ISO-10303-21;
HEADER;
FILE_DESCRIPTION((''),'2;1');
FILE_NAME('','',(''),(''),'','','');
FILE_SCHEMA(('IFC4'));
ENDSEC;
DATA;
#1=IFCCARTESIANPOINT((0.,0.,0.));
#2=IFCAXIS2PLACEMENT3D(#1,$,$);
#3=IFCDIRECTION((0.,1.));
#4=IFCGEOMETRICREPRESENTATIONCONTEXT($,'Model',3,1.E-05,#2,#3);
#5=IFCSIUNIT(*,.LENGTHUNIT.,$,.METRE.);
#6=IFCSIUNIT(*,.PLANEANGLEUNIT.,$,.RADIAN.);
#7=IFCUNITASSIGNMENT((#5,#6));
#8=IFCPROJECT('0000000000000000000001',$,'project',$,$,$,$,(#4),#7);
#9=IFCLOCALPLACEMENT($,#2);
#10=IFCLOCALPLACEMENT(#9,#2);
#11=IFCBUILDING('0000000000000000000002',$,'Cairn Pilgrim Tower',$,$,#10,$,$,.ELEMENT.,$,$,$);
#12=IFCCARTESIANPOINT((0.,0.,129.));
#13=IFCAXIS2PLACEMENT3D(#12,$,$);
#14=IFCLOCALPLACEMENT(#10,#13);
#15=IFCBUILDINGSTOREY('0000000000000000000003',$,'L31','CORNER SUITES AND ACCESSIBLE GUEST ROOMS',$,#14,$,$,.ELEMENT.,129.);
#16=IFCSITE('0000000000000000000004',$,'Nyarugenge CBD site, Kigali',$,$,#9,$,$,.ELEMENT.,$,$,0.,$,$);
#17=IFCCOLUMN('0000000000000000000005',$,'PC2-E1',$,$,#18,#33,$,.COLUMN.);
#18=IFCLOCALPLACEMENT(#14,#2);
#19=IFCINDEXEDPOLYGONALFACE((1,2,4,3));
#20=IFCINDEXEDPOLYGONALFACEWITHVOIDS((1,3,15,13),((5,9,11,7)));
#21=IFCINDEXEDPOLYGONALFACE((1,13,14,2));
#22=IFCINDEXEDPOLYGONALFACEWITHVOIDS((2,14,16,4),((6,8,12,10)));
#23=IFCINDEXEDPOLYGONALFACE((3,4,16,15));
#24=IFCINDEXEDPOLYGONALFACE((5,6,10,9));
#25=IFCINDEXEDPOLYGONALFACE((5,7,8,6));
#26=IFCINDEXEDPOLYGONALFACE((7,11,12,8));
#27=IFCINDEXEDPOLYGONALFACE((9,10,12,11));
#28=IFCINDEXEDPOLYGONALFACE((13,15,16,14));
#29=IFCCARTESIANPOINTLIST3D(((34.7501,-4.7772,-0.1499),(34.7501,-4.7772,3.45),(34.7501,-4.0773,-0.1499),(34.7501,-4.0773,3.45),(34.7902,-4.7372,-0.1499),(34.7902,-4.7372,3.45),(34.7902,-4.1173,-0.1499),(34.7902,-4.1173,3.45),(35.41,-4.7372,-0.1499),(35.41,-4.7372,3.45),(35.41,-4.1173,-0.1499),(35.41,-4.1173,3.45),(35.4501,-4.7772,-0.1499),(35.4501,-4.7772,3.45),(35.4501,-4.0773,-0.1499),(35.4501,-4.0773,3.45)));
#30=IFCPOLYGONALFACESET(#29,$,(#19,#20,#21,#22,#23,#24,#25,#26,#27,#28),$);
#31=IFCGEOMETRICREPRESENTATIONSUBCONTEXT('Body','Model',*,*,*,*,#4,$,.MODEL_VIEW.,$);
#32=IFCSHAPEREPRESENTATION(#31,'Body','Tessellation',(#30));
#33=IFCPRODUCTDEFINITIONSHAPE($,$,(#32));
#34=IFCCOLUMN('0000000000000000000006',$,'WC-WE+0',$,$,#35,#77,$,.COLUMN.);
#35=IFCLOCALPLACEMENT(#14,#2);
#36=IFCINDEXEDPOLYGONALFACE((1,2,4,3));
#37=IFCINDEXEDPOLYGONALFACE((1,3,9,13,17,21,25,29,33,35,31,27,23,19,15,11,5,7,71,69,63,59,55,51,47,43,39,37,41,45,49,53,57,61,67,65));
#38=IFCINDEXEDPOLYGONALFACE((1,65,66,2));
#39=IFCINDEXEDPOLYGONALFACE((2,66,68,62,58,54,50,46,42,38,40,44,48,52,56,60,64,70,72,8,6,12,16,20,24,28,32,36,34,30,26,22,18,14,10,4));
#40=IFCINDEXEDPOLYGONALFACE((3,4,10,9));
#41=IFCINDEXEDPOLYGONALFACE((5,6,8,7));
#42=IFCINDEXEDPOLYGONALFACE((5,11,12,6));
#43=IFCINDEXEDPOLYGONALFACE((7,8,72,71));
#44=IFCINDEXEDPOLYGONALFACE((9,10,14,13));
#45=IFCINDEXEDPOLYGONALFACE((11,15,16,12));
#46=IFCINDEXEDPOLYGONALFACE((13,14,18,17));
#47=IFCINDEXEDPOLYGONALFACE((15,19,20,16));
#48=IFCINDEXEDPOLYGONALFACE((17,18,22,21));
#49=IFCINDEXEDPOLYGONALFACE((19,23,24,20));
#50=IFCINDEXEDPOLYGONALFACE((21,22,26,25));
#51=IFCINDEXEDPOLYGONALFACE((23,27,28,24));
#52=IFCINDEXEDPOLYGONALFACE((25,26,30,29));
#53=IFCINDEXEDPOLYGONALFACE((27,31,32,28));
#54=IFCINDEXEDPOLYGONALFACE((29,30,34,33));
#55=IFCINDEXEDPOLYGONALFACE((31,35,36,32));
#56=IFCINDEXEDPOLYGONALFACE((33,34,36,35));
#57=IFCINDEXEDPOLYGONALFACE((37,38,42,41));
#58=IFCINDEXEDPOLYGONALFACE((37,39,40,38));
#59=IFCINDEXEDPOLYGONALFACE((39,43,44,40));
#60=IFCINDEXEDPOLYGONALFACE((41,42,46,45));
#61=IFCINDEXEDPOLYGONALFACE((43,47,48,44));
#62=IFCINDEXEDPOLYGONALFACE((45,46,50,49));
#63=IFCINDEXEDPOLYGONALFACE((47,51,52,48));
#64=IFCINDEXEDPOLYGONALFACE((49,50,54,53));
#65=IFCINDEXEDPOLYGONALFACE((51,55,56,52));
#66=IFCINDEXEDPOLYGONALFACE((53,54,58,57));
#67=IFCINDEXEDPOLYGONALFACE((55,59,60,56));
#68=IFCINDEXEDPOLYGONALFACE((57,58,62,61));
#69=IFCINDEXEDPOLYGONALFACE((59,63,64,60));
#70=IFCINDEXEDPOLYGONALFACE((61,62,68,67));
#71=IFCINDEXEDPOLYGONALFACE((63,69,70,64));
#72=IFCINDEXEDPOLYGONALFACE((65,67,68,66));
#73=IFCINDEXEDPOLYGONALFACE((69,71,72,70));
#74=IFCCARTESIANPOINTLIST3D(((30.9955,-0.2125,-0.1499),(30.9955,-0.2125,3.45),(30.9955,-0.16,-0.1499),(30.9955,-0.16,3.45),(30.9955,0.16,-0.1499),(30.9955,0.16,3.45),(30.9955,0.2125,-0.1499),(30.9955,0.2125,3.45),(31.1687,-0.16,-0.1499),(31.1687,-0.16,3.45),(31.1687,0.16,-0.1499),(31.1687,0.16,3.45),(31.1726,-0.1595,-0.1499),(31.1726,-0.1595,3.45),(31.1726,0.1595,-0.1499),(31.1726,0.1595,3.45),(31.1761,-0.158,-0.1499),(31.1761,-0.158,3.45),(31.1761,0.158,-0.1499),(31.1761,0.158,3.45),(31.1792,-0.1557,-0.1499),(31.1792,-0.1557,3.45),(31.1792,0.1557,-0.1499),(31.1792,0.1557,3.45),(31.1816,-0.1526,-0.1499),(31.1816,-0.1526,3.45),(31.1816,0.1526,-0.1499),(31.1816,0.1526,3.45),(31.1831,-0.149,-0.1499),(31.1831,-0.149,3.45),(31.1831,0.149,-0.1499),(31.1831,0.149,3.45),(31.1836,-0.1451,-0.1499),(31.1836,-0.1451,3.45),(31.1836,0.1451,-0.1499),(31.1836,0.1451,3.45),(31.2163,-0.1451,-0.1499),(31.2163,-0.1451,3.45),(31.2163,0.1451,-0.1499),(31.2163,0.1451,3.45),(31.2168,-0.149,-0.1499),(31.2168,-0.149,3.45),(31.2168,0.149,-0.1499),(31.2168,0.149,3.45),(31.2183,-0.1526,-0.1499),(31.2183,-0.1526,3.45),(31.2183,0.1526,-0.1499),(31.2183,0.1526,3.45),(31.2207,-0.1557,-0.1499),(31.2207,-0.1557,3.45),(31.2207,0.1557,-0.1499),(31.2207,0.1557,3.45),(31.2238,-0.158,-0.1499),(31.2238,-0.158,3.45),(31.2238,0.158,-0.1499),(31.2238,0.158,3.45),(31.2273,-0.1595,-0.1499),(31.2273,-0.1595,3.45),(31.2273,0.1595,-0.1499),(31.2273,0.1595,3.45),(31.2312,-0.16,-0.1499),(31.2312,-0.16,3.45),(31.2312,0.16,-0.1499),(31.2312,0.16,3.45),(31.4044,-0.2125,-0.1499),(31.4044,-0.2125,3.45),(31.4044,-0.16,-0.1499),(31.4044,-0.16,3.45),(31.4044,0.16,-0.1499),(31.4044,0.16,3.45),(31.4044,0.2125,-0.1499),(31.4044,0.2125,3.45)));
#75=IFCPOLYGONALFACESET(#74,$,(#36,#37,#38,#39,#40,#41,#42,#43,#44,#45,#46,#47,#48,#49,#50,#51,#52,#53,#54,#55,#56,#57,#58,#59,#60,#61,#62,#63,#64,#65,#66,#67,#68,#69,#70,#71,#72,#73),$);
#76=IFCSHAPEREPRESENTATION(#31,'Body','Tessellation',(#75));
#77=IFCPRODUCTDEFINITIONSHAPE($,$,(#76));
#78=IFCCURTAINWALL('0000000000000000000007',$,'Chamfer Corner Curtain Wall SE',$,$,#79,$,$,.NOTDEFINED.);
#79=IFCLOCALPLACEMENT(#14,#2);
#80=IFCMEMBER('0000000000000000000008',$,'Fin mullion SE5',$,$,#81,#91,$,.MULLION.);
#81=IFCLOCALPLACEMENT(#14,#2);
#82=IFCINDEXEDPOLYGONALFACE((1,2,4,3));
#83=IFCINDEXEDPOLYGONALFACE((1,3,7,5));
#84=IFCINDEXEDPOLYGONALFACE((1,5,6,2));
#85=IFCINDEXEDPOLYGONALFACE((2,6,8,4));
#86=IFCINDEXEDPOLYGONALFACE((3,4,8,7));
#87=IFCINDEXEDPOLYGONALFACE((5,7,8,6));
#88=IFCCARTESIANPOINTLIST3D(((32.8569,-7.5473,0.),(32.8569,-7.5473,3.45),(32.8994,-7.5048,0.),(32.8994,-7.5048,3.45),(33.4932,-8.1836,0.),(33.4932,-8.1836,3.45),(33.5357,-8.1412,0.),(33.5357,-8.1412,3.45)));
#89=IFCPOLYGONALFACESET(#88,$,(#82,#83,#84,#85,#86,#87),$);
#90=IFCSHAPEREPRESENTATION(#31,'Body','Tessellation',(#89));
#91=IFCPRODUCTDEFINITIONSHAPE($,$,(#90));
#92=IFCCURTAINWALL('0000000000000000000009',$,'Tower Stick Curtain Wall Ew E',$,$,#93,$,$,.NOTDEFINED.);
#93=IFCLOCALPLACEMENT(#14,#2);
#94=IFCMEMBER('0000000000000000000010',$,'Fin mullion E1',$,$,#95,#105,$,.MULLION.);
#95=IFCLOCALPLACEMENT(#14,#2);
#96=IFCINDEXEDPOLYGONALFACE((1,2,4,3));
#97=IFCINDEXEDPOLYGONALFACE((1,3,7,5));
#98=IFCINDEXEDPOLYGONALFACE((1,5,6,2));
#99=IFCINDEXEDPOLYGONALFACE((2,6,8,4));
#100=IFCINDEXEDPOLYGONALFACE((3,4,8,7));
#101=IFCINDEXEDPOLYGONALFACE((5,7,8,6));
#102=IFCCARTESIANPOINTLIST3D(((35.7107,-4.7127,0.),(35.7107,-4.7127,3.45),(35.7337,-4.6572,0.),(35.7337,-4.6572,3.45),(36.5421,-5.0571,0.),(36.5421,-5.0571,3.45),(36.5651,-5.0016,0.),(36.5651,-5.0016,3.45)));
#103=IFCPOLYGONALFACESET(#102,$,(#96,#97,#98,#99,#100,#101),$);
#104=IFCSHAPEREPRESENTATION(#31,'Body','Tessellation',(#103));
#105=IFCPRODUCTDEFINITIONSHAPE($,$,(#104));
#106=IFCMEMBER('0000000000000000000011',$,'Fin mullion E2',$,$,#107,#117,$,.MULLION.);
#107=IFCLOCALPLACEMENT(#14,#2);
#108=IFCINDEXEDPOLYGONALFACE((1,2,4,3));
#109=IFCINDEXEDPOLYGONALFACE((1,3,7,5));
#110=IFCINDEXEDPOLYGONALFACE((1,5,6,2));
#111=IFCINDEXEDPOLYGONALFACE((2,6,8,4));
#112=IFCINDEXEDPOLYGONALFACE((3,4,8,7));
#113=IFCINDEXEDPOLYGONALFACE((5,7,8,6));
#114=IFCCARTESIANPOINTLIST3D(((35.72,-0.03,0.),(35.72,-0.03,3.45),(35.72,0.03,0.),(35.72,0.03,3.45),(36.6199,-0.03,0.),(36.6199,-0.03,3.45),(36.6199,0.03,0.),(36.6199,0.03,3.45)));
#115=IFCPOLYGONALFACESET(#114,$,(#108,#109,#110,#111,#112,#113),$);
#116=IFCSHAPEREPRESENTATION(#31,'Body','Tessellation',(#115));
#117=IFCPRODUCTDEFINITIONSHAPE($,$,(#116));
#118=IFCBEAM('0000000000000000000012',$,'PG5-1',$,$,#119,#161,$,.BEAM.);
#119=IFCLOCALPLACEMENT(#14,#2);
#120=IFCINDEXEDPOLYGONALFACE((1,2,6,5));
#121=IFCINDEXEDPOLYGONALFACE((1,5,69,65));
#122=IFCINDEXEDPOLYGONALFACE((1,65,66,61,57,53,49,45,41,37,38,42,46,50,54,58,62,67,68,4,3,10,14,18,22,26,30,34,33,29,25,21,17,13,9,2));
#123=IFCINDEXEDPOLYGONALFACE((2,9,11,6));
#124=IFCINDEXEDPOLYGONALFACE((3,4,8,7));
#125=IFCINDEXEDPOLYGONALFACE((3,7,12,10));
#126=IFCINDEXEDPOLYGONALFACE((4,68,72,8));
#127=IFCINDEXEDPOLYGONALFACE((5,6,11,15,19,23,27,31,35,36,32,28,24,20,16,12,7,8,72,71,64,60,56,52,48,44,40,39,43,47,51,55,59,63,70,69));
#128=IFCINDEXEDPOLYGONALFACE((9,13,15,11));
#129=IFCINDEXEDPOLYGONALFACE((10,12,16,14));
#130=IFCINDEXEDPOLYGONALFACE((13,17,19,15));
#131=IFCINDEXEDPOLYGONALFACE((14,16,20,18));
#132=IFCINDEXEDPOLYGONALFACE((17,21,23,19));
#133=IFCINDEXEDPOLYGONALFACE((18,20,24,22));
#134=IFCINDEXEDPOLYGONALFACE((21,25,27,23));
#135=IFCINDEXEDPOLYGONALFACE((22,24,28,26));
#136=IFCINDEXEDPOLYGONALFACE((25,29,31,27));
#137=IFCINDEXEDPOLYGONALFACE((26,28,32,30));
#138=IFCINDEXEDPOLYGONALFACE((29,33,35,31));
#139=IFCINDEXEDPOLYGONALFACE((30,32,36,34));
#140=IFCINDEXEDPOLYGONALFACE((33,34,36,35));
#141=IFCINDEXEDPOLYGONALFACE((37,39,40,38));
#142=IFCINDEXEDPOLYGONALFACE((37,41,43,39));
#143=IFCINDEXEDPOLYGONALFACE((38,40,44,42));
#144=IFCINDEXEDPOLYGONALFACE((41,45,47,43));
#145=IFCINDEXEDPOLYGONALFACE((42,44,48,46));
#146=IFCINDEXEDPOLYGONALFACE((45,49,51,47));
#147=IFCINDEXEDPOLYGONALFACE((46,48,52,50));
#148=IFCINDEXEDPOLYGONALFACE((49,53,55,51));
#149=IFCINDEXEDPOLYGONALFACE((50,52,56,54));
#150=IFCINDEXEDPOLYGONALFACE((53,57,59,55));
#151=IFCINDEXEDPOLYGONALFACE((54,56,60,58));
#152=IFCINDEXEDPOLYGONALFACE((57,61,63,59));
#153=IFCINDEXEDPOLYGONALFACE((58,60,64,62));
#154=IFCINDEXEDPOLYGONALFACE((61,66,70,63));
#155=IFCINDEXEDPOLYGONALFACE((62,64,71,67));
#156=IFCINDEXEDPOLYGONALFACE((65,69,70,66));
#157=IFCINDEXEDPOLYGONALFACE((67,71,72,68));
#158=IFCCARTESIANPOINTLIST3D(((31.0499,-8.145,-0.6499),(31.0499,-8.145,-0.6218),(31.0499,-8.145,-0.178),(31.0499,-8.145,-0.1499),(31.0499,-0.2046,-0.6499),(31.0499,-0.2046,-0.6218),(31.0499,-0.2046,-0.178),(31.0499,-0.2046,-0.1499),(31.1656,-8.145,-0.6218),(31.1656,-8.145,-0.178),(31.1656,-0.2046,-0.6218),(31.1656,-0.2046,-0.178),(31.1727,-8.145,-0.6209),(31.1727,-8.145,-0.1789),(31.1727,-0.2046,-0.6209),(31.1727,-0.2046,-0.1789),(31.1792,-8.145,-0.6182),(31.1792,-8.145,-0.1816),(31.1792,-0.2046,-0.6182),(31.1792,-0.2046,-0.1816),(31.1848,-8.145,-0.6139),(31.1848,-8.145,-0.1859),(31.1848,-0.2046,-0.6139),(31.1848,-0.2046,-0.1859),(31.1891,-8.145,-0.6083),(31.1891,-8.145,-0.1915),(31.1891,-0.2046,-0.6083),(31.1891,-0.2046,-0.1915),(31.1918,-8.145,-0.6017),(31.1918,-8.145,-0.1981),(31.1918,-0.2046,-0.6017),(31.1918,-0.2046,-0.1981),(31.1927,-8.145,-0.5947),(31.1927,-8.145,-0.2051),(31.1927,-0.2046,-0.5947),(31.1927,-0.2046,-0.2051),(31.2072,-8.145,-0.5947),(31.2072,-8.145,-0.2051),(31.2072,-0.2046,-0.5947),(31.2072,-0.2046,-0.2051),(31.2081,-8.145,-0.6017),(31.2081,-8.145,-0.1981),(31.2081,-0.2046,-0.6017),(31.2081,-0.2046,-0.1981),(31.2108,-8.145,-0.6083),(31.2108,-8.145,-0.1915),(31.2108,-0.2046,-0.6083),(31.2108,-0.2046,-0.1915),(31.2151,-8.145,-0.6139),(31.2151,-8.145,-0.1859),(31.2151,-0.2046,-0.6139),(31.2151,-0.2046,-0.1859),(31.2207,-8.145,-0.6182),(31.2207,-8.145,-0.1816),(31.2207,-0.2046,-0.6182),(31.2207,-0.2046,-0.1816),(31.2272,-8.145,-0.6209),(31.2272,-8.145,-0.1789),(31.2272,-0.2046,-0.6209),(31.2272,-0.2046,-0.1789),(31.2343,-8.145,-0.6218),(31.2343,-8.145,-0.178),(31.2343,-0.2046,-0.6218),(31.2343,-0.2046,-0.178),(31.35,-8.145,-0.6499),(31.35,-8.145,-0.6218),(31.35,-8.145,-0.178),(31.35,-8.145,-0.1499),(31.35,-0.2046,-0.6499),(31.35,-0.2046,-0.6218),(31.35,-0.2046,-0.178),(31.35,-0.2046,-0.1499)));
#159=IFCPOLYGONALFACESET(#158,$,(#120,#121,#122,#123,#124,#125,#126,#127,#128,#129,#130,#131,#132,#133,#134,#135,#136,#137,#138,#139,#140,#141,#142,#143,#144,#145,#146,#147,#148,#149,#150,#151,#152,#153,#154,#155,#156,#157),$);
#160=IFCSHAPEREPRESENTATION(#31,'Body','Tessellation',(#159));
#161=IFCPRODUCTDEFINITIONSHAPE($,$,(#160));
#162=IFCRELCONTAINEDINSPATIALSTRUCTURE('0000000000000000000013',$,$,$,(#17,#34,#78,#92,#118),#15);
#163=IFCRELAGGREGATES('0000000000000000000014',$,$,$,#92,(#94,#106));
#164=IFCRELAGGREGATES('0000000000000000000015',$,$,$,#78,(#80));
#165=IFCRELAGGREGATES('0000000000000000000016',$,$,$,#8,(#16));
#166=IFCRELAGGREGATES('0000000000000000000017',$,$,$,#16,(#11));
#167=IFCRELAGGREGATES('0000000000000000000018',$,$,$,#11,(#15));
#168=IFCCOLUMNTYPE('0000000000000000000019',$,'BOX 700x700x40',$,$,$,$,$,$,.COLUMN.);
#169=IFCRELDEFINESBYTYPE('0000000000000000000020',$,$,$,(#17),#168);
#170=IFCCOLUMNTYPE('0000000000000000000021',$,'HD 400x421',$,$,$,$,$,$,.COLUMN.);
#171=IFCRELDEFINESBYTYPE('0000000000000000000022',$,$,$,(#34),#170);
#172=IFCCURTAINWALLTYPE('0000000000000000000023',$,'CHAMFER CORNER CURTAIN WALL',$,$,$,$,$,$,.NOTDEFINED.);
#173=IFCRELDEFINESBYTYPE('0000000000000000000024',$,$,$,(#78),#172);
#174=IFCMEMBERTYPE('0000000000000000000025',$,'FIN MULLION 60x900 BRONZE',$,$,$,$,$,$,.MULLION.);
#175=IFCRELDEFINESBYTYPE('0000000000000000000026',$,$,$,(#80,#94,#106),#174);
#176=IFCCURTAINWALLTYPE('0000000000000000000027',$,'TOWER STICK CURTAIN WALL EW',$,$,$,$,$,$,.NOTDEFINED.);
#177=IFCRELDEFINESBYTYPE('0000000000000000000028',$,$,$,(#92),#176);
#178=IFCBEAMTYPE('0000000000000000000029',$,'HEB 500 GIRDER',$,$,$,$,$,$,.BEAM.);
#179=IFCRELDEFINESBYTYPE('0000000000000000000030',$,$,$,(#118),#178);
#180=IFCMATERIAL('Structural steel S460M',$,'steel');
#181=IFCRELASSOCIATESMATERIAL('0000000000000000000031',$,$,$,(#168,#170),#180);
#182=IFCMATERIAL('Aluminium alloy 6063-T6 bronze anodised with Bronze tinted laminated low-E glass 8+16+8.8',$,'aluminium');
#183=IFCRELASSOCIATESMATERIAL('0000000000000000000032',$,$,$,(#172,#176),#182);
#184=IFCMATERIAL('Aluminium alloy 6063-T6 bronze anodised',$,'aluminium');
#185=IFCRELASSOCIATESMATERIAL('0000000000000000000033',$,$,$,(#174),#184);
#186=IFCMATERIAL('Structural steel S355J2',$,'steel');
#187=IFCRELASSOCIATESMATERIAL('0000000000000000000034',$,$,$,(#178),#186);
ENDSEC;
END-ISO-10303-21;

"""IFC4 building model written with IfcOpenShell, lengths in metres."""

from ifc_helpers import new_model, si_unit, direction, frame, origin, origin_2d, place, context, subcontext, project, spatial, rectangle, hollow_rectangle, i_section, extrude, material, material_profile, profile_set, type_object, element, aggregate, save


model = new_model("IFC4")

# Units and contexts
model_context = context("Model", 3, precision=1e-05, world=origin(), true_north=direction((0.0, 1.0)))
body_context = subcontext(model_context, "Body", "Model", "MODEL_VIEW")
ifc_project = project(units=[si_unit("LENGTHUNIT", "METRE"), si_unit("PLANEANGLEUNIT", "RADIAN")], contexts=[model_context])

# Site, building, storey
site_placement = place(None, origin())
site = spatial("IfcSite", under=ifc_project, at=site_placement, Name="Nyarugenge CBD site, Kigali", CompositionType="ELEMENT", RefElevation=0.0)
building_placement = place(site_placement, origin())
building = spatial("IfcBuilding", under=site, at=building_placement, Name="Cairn Pilgrim Tower", CompositionType="ELEMENT")
storey_placement = place(building_placement, frame((0.0, 0.0, 129.0)))
storey = spatial("IfcBuildingStorey", under=building, at=storey_placement, Name="L31", Description="CORNER SUITES AND ACCESSIBLE GUEST ROOMS", CompositionType="ELEMENT", Elevation=129.0)

# Columns
ifc_material_1 = material(Name="Structural steel S460M", Category="steel")
ifc_material_profile_1 = material_profile(ifc_material_1, hollow_rectangle(XDim=0.7, YDim=0.7, WallThickness=0.04, at=origin_2d()), Name="BOX 700x700x40")
ifc_profile_set_1 = profile_set([ifc_material_profile_1], Name="Structural steel S460M")
column_type_1 = type_object("IfcColumnType", Name="BOX 700x700x40", PredefinedType="COLUMN", material=ifc_profile_set_1)
column_1_placement = place(storey_placement, frame((35.1001, -4.4272, -0.1499), z_axis=(0.0, 0.0, 1.0), x_axis=(1.0, 0.0, 0.0)))
element("IfcColumn", 1, at=column_1_placement, inside=storey, type_object=column_type_1, Name="PC2-E1", PredefinedType="COLUMN", context=body_context, shape_type="SweptSolid", body=[
    extrude(hollow_rectangle(XDim=0.7, YDim=0.7, WallThickness=0.04, at=origin_2d()), origin(), (0.0, 0.0, 1.0), 3.5999),
])
ifc_material_profile_2 = material_profile(ifc_material_1, i_section(OverallWidth=0.4089, OverallDepth=0.425, WebThickness=0.0327, FlangeThickness=0.0525, FilletRadius=0.0149, at=origin_2d()), Name="HD 400x421")
ifc_profile_set_2 = profile_set([ifc_material_profile_2], Name="Structural steel S460M")
column_type_2 = type_object("IfcColumnType", Name="HD 400x421", PredefinedType="COLUMN", material=ifc_profile_set_2)
column_2_placement = place(storey_placement, frame((31.2, 0.0, -0.1499), z_axis=(0.0, 0.0, 1.0), x_axis=(1.0, 0.0, 0.0)))
element("IfcColumn", 2, at=column_2_placement, inside=storey, type_object=column_type_2, Name="WC-WE+0", PredefinedType="COLUMN", context=body_context, shape_type="SweptSolid", body=[
    extrude(i_section(OverallWidth=0.4089, OverallDepth=0.425, WebThickness=0.0327, FlangeThickness=0.0525, FilletRadius=0.0149, at=origin_2d()), origin(), (0.0, 0.0, 1.0), 3.5999),
])

# Curtain wall, member
ifc_material_2 = material(Name="Aluminium alloy 6063-T6 bronze anodised with Bronze tinted laminated low-E glass 8+16+8.8", Category="aluminium")
curtain_wall_type_1 = type_object("IfcCurtainWallType", Name="CHAMFER CORNER CURTAIN WALL", PredefinedType="NOTDEFINED", material=ifc_material_2)
curtain_wall_1_placement = place(storey_placement, origin())
curtain_wall_1 = element("IfcCurtainWall", 3, at=curtain_wall_1_placement, inside=storey, type_object=curtain_wall_type_1, Name="Chamfer Corner Curtain Wall SE", PredefinedType="NOTDEFINED")
ifc_material_3 = material(Name="Aluminium alloy 6063-T6 bronze anodised", Category="aluminium")
ifc_material_profile_3 = material_profile(ifc_material_3, rectangle(XDim=0.8999, YDim=0.0601, at=origin_2d()), Name="FIN MULLION 60x900 BRONZE")
ifc_profile_set_3 = profile_set([ifc_material_profile_3], Name="Aluminium alloy 6063-T6 bronze anodised")
member_type_1 = type_object("IfcMemberType", Name="FIN MULLION 60x900 BRONZE", PredefinedType="MULLION", material=ifc_profile_set_3)
member_1_placement = place(storey_placement, frame((33.1963, -7.8442, 0.0), z_axis=(0.0, 0.0, 1.0), x_axis=(0.707107, -0.707107, 0.0)))
member_1 = element("IfcMember", 4, at=member_1_placement, type_object=member_type_1, Name="Fin mullion SE5", PredefinedType="MULLION", context=body_context, shape_type="SweptSolid", body=[
    extrude(rectangle(XDim=0.8999, YDim=0.0601, at=origin_2d()), origin(), (0.0, 0.0, 1.0), 3.45),
])

# Curtain wall, members
curtain_wall_type_2 = type_object("IfcCurtainWallType", Name="TOWER STICK CURTAIN WALL EW", PredefinedType="NOTDEFINED", material=ifc_material_2)
curtain_wall_2_placement = place(storey_placement, origin())
curtain_wall_2 = element("IfcCurtainWall", 5, at=curtain_wall_2_placement, inside=storey, type_object=curtain_wall_type_2, Name="Tower Stick Curtain Wall Ew E", PredefinedType="NOTDEFINED")
member_2_placement = place(storey_placement, frame((36.1379, -4.8572, 0.0), z_axis=(0.0, 0.0, 1.0), x_axis=(0.92388, -0.382683, 0.0)))
member_2 = element("IfcMember", 6, at=member_2_placement, type_object=member_type_1, Name="Fin mullion E1", PredefinedType="MULLION", context=body_context, shape_type="SweptSolid", body=[
    extrude(rectangle(XDim=0.8999, YDim=0.0601, at=origin_2d()), origin(), (0.0, 0.0, 1.0), 3.45),
])
member_3_placement = place(storey_placement, frame((36.1699, 0.0, 0.0), z_axis=(0.0, 0.0, 1.0), x_axis=(1.0, 0.0, 0.0)))
member_3 = element("IfcMember", 7, at=member_3_placement, type_object=member_type_1, Name="Fin mullion E2", PredefinedType="MULLION", context=body_context, shape_type="SweptSolid", body=[
    extrude(rectangle(XDim=0.8999, YDim=0.0601, at=origin_2d()), origin(), (0.0, 0.0, 1.0), 3.45),
])
aggregate(curtain_wall_2, [member_2, member_3])

# Beam
ifc_material_4 = material(Name="Structural steel S355J2", Category="steel")
ifc_material_profile_4 = material_profile(ifc_material_4, i_section(OverallWidth=0.3, OverallDepth=0.5, WebThickness=0.0144, FlangeThickness=0.0281, FilletRadius=0.0271, at=origin_2d()), Name="HEB 500")
ifc_profile_set_4 = profile_set([ifc_material_profile_4], Name="Structural steel S355J2")
beam_type_1 = type_object("IfcBeamType", Name="HEB 500 GIRDER", PredefinedType="BEAM", material=ifc_profile_set_4)
beam_1_placement = place(storey_placement, frame((31.2, -8.145, -0.3999), z_axis=(0.0, 1.0, 0.0), x_axis=(-1.0, 0.0, 0.0)))
element("IfcBeam", 8, at=beam_1_placement, inside=storey, type_object=beam_type_1, Name="PG5-1", PredefinedType="BEAM", context=body_context, shape_type="SweptSolid", body=[
    extrude(i_section(OverallWidth=0.3, OverallDepth=0.5, WebThickness=0.0144, FlangeThickness=0.0281, FilletRadius=0.0271, at=origin_2d()), origin(), (0.0, 0.0, 1.0), 7.9404),
])

aggregate(curtain_wall_1, [member_1])

save(model, "model.ifc")
